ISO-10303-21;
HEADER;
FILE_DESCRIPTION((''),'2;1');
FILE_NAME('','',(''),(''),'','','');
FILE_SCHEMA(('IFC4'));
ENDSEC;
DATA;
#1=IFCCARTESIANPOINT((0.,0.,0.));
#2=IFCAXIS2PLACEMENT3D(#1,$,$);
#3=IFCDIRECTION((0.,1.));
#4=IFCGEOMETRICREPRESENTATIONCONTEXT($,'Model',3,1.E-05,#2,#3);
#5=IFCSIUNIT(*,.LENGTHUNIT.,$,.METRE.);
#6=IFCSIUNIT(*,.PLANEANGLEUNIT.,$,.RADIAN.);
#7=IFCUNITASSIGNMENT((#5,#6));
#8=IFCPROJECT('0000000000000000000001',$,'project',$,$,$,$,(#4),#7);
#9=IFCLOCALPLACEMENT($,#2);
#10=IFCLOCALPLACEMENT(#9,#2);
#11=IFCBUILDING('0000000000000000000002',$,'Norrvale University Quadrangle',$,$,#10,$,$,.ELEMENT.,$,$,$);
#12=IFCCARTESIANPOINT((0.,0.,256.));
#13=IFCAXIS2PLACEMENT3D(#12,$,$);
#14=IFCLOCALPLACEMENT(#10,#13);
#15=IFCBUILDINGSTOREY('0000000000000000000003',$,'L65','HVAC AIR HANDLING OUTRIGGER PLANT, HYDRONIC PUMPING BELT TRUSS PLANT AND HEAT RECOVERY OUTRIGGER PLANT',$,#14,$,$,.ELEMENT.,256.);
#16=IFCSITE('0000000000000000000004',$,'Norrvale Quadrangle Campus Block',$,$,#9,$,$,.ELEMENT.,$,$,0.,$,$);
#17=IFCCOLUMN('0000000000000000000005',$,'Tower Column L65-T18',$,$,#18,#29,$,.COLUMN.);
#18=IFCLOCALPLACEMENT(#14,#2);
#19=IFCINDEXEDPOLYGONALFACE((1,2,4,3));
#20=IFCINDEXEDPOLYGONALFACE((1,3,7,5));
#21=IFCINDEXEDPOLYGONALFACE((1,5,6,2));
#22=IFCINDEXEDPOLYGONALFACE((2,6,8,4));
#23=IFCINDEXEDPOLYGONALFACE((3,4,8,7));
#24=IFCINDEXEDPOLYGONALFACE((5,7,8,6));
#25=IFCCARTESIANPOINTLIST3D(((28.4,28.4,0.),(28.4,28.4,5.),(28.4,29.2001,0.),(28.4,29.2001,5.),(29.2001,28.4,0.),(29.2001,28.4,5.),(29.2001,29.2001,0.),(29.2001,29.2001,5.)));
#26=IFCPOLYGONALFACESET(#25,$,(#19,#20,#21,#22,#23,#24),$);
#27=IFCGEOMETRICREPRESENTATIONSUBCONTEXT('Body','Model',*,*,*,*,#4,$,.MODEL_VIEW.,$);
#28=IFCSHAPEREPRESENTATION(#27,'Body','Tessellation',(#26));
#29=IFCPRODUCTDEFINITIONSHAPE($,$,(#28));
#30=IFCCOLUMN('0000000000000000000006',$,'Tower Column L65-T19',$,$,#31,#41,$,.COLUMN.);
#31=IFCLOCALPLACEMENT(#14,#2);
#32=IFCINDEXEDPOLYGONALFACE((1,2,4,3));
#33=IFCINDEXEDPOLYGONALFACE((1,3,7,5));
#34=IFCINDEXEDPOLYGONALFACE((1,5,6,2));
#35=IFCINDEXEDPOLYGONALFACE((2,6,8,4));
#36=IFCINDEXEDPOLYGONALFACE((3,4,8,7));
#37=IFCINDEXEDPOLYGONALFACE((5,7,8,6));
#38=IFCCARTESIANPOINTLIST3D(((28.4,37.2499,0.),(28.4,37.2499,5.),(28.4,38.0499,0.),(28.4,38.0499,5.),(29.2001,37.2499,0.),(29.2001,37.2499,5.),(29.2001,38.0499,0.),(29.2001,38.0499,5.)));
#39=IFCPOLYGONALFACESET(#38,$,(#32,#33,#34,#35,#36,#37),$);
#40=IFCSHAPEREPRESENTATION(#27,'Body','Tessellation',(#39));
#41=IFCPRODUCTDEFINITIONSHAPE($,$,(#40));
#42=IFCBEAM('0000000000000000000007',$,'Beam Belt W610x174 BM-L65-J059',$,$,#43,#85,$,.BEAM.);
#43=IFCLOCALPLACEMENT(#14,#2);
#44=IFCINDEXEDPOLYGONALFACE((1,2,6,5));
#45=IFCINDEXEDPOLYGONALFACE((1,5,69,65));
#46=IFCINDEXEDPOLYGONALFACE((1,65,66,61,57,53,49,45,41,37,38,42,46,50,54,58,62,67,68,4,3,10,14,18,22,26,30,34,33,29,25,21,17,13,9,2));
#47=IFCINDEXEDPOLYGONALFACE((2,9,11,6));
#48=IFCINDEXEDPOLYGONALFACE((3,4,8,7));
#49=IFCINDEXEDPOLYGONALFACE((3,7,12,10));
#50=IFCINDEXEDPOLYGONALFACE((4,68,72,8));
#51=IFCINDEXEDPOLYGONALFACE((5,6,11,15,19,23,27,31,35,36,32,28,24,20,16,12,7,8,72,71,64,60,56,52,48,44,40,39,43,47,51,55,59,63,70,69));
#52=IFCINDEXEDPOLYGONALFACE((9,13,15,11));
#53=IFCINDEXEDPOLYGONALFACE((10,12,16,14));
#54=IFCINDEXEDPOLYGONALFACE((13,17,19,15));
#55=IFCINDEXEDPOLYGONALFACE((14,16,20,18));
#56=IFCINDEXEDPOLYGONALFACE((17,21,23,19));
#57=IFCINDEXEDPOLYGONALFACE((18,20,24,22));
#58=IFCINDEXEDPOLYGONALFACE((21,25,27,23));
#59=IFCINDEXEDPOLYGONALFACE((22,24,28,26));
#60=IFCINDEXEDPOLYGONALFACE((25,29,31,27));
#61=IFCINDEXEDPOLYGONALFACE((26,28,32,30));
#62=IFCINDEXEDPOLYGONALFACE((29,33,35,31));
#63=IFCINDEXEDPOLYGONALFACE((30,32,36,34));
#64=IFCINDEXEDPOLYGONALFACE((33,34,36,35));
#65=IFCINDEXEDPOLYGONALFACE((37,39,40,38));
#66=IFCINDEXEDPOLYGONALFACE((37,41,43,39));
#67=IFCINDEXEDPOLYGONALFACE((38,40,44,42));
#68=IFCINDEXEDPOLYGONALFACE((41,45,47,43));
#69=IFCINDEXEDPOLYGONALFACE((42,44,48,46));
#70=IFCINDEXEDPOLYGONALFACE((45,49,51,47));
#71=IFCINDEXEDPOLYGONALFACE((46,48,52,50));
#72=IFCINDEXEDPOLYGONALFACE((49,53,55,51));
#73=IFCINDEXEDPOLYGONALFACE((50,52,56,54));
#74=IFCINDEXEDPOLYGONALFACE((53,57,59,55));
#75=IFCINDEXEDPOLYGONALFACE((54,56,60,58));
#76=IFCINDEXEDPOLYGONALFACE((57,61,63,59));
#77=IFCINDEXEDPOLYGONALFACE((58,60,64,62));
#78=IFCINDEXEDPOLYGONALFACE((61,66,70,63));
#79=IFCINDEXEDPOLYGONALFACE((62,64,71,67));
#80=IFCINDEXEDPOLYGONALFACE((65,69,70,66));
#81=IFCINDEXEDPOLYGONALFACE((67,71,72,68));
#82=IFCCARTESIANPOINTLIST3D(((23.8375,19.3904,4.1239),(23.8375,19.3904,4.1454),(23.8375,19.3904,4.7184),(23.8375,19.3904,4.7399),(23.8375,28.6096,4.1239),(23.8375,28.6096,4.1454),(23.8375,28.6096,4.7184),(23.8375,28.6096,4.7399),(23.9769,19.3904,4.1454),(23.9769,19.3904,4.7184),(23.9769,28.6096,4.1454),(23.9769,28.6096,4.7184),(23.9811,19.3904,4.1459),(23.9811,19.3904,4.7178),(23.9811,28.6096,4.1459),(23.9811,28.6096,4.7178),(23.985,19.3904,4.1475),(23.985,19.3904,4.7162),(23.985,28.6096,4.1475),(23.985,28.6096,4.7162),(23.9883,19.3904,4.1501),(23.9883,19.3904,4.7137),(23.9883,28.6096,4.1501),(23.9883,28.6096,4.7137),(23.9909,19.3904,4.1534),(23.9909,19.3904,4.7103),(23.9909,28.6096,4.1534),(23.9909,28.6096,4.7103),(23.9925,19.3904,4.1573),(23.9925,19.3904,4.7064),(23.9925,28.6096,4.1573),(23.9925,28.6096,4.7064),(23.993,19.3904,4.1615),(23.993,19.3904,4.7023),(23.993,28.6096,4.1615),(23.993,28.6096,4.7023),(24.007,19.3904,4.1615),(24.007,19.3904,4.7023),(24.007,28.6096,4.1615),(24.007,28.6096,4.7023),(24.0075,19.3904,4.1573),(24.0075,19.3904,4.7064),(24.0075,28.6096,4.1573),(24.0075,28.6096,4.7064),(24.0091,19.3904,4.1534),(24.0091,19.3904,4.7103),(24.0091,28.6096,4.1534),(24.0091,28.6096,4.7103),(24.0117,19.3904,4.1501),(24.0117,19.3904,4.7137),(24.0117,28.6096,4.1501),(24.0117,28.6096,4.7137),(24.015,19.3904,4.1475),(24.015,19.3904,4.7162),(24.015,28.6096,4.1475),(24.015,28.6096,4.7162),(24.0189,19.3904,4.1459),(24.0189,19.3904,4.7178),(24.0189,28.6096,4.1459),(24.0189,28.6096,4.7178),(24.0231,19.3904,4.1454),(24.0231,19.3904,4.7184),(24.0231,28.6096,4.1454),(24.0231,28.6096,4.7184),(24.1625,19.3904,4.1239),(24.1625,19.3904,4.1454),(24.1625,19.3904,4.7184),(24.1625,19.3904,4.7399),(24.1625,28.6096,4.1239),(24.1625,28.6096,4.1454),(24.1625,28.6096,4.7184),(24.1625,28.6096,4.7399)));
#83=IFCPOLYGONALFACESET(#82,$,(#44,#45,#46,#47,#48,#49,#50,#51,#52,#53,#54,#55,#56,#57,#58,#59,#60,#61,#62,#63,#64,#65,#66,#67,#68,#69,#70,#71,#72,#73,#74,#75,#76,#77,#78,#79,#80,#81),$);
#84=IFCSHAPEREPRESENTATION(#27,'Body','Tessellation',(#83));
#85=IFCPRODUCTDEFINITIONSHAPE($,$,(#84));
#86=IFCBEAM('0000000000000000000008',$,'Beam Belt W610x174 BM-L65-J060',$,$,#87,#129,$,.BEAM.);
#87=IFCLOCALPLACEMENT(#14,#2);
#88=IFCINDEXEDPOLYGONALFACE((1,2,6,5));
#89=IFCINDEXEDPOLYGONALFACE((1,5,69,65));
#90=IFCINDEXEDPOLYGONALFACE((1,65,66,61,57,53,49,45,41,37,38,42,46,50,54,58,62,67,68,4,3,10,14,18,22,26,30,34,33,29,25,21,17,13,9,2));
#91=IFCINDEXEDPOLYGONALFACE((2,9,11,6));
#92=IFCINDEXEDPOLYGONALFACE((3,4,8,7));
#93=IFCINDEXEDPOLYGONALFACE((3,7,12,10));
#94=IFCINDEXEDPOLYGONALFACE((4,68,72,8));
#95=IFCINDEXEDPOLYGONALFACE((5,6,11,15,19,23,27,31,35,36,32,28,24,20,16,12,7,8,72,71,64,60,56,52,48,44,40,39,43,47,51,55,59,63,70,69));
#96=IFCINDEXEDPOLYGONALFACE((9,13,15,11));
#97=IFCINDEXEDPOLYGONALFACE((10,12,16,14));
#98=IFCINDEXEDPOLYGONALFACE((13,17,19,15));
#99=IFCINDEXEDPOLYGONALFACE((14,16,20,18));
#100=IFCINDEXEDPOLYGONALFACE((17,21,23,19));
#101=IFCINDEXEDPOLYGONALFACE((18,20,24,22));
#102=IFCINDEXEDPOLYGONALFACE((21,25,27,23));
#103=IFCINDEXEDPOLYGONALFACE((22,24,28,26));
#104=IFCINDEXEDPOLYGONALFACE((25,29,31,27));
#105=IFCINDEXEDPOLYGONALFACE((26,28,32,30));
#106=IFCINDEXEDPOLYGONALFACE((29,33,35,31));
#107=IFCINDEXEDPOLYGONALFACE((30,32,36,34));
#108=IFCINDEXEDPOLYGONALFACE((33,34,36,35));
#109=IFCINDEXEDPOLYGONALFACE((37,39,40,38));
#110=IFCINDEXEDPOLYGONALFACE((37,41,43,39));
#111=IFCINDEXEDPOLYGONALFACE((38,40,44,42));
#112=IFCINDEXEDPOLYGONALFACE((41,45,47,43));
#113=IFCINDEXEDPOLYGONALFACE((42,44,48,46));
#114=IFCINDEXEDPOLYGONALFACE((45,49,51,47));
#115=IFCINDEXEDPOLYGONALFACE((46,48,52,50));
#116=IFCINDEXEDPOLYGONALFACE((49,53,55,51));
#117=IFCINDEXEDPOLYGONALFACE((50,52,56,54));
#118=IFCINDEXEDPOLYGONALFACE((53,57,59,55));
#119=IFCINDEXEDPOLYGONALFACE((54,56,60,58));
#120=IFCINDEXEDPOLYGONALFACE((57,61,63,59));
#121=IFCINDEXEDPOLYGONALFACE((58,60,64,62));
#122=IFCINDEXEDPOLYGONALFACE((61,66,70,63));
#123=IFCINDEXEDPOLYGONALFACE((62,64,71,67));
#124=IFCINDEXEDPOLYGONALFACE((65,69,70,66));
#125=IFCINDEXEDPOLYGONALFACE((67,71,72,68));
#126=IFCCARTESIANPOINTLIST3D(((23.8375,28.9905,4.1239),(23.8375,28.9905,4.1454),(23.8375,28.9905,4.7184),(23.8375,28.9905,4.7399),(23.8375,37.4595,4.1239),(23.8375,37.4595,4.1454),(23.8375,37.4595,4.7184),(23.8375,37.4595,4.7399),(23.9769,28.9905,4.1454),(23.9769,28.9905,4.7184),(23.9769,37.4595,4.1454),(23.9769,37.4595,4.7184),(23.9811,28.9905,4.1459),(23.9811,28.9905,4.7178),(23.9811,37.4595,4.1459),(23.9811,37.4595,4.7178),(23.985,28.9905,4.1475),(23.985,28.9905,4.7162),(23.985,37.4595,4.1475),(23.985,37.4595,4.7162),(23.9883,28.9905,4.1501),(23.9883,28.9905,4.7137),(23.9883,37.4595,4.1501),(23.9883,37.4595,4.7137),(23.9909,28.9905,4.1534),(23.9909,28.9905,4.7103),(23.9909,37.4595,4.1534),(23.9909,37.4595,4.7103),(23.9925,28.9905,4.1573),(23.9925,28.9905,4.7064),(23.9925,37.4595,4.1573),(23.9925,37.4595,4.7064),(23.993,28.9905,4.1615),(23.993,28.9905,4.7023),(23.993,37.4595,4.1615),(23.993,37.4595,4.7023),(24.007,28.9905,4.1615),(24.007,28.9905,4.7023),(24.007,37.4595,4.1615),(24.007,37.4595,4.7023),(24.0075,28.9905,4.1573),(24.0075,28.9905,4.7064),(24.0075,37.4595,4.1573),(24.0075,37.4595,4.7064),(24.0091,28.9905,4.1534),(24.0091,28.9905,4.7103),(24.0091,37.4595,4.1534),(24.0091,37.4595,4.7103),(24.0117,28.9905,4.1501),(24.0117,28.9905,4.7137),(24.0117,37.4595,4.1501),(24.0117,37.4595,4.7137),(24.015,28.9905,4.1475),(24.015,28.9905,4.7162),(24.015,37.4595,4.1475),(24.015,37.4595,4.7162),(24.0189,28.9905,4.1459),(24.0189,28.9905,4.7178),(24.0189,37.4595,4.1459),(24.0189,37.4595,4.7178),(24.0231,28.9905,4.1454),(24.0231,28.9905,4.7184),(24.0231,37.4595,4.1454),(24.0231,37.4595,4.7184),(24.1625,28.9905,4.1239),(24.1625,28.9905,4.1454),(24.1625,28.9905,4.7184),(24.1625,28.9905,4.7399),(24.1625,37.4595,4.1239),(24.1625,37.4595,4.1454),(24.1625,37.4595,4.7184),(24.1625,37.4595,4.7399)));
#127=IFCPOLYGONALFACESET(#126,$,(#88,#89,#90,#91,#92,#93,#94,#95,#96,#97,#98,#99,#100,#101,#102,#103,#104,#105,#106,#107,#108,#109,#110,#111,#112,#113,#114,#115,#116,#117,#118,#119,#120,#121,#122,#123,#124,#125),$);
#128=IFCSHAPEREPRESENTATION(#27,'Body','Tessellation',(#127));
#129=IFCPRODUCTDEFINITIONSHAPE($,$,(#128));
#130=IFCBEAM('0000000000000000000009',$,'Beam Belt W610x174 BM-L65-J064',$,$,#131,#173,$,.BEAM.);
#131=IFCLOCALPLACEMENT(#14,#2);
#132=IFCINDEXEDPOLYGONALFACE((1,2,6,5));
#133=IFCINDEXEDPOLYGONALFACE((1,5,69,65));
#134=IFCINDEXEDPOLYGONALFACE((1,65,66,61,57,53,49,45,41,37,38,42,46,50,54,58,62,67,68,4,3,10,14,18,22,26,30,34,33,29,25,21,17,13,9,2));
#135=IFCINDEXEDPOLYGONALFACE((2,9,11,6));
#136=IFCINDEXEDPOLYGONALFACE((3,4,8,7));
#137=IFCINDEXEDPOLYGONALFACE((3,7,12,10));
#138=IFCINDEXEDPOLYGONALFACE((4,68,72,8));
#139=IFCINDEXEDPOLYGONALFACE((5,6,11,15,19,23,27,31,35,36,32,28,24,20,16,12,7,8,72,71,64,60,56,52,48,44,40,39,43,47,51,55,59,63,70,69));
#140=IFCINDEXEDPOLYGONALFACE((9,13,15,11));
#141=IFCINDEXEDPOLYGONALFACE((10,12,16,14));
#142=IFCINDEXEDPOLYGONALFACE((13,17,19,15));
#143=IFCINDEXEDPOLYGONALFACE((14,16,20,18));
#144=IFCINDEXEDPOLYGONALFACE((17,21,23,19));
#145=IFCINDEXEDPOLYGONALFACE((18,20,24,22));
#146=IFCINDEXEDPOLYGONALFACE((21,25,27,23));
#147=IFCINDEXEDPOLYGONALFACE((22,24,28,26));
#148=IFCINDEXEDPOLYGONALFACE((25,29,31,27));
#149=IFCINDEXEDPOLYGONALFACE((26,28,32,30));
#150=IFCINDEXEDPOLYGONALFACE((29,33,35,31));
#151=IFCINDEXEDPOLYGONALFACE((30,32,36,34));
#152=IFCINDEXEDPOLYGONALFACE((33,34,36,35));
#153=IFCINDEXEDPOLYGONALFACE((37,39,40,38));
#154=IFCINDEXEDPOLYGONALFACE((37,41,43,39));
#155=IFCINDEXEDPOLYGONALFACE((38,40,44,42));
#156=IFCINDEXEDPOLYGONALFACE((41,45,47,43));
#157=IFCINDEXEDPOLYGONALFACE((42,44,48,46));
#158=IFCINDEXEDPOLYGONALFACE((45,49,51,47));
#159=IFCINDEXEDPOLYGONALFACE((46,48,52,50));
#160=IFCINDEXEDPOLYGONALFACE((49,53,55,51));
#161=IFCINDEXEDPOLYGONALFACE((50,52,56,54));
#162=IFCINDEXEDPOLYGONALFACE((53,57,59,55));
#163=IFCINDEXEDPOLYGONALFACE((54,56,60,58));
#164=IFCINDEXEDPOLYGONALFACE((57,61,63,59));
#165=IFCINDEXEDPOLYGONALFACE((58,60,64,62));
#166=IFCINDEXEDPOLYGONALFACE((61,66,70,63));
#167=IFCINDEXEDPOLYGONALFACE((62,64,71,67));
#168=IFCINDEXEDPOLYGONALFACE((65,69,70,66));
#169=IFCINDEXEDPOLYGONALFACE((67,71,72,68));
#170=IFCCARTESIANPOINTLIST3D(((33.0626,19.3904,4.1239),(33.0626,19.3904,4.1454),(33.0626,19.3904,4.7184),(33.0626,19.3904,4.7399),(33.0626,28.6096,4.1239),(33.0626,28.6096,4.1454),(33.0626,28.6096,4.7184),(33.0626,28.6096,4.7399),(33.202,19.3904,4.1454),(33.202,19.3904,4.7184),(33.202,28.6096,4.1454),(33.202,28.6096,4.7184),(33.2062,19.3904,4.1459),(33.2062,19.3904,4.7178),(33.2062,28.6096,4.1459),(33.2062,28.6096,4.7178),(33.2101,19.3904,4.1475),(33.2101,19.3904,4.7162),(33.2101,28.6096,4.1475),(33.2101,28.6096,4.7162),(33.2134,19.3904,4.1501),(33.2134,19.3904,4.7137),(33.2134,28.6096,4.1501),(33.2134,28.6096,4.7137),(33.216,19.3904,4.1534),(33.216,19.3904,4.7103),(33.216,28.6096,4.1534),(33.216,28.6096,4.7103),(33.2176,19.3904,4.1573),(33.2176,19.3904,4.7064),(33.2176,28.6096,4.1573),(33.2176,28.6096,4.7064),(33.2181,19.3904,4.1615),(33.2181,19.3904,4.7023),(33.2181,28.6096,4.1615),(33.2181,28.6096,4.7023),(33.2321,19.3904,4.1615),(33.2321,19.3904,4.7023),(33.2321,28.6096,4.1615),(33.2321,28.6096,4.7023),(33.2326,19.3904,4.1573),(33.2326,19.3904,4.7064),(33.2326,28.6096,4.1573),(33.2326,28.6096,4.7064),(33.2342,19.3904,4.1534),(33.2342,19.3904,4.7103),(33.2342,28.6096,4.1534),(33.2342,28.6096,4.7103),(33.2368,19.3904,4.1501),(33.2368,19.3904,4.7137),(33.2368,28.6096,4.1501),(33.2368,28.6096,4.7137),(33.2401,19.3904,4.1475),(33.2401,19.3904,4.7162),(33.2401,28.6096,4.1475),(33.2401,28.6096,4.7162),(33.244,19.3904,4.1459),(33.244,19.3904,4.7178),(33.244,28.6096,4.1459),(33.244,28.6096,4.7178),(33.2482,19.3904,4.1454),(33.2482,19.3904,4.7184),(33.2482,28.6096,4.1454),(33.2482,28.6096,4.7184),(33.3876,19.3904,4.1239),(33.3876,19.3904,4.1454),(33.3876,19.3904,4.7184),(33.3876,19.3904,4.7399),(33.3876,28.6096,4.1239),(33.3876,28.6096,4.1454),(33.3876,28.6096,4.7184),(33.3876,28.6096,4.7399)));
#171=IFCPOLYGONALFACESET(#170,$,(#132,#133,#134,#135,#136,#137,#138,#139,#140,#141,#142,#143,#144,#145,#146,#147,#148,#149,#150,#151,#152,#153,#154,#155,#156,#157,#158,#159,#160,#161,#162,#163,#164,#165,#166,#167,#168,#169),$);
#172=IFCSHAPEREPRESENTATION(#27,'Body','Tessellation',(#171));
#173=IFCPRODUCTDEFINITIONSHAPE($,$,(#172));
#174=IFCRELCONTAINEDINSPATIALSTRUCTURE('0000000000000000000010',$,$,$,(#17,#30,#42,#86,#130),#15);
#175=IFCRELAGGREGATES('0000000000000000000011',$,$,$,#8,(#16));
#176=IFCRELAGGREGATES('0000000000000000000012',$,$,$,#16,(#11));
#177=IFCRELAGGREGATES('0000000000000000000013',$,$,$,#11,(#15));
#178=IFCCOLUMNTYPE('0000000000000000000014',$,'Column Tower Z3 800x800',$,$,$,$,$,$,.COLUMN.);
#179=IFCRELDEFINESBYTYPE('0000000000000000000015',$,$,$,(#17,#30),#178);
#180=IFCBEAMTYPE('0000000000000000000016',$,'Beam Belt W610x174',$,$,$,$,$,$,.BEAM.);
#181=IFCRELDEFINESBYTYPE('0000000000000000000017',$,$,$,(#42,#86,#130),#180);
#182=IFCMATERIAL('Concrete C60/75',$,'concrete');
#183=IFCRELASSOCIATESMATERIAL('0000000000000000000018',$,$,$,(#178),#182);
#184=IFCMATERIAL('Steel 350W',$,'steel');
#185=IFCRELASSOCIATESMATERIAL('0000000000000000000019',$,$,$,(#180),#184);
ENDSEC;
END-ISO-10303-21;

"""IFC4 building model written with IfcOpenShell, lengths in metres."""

from ifc_helpers import new_model, si_unit, direction, frame, origin, origin_2d, place, context, subcontext, project, spatial, rectangle, i_section, extrude, material, material_profile, profile_set, type_object, element, save


model = new_model("IFC4")

# Units and contexts
model_context = context("Model", 3, precision=1e-05, world=origin(), true_north=direction((0.0, 1.0)))
body_context = subcontext(model_context, "Body", "Model", "MODEL_VIEW")
ifc_project = project(units=[si_unit("LENGTHUNIT", "METRE"), si_unit("PLANEANGLEUNIT", "RADIAN")], contexts=[model_context])

# Site, building, storey
site_placement = place(None, origin())
site = spatial("IfcSite", under=ifc_project, at=site_placement, Name="Norrvale Quadrangle Campus Block", CompositionType="ELEMENT", RefElevation=0.0)
building_placement = place(site_placement, origin())
building = spatial("IfcBuilding", under=site, at=building_placement, Name="Norrvale University Quadrangle", CompositionType="ELEMENT")
storey_placement = place(building_placement, frame((0.0, 0.0, 256.0)))
storey = spatial("IfcBuildingStorey", under=building, at=storey_placement, Name="L65", Description="HVAC AIR HANDLING OUTRIGGER PLANT, HYDRONIC PUMPING BELT TRUSS PLANT AND HEAT RECOVERY OUTRIGGER PLANT", CompositionType="ELEMENT", Elevation=256.0)

# Columns
ifc_material_1 = material(Name="Concrete C60/75", Category="concrete")
ifc_material_profile_1 = material_profile(ifc_material_1, rectangle(XDim=0.8, YDim=0.8, at=origin_2d()), Name="Concrete C60/75")
ifc_profile_set_1 = profile_set([ifc_material_profile_1], Name="Concrete C60/75")
column_type = type_object("IfcColumnType", Name="Column Tower Z3 800x800", PredefinedType="COLUMN", material=ifc_profile_set_1)
for number, where, z_axis, x_axis, name in (
    (1, (28.8, 28.8, 0.0), (0.0, 0.0, 1.0), (1.0, 0.0, 0.0), "Tower Column L65-T18"),
    (2, (28.8, 37.6499, 0.0), (0.0, 0.0, 1.0), (1.0, 0.0, 0.0), "Tower Column L65-T19"),
):
    element("IfcColumn", number, at=place(storey_placement, frame(where, z_axis=z_axis, x_axis=x_axis)), inside=storey, type_object=column_type, Name=name, PredefinedType="COLUMN", context=body_context, shape_type="SweptSolid", body=[
        extrude(rectangle(XDim=0.8, YDim=0.8, at=origin_2d()), origin(), (0.0, 0.0, 1.0), 5.0),
    ])

# Beams
ifc_material_2 = material(Name="Steel 350W", Category="steel")
ifc_material_profile_2 = material_profile(ifc_material_2, i_section(OverallWidth=0.325, OverallDepth=0.616, WebThickness=0.0139, FlangeThickness=0.0215, FilletRadius=0.0161, at=origin_2d()), Name="Steel 350W")
ifc_profile_set_2 = profile_set([ifc_material_profile_2], Name="Steel 350W")
beam_type_1 = type_object("IfcBeamType", Name="Beam Belt W610x174", PredefinedType="BEAM", material=ifc_profile_set_2)
beam_1_placement = place(storey_placement, frame((24.0, 19.3904, 4.4319), z_axis=(0.0, 1.0, 0.0), x_axis=(-1.0, 0.0, 0.0)))
element("IfcBeam", 3, at=beam_1_placement, inside=storey, type_object=beam_type_1, Name="Beam Belt W610x174 BM-L65-J059", PredefinedType="BEAM", context=body_context, shape_type="SweptSolid", body=[
    extrude(i_section(OverallWidth=0.325, OverallDepth=0.616, WebThickness=0.0139, FlangeThickness=0.0215, FilletRadius=0.0161, at=origin_2d()), origin(), (0.0, 0.0, 1.0), 9.2192),
])
beam_2_placement = place(storey_placement, frame((24.0, 28.9905, 4.4319), z_axis=(0.0, 1.0, 0.0), x_axis=(-1.0, 0.0, 0.0)))
element("IfcBeam", 4, at=beam_2_placement, inside=storey, type_object=beam_type_1, Name="Beam Belt W610x174 BM-L65-J060", PredefinedType="BEAM", context=body_context, shape_type="SweptSolid", body=[
    extrude(i_section(OverallWidth=0.325, OverallDepth=0.616, WebThickness=0.0139, FlangeThickness=0.0215, FilletRadius=0.0161, at=origin_2d()), origin(), (0.0, 0.0, 1.0), 8.469),
])
beam_3_placement = place(storey_placement, frame((33.2251, 19.3904, 4.4319), z_axis=(0.0, 1.0, 0.0), x_axis=(-1.0, 0.0, 0.0)))
element("IfcBeam", 5, at=beam_3_placement, inside=storey, type_object=beam_type_1, Name="Beam Belt W610x174 BM-L65-J064", PredefinedType="BEAM", context=body_context, shape_type="SweptSolid", body=[
    extrude(i_section(OverallWidth=0.325, OverallDepth=0.616, WebThickness=0.0139, FlangeThickness=0.0215, FilletRadius=0.0161, at=origin_2d()), origin(), (0.0, 0.0, 1.0), 9.2192),
])

save(model, "model.ifc")
